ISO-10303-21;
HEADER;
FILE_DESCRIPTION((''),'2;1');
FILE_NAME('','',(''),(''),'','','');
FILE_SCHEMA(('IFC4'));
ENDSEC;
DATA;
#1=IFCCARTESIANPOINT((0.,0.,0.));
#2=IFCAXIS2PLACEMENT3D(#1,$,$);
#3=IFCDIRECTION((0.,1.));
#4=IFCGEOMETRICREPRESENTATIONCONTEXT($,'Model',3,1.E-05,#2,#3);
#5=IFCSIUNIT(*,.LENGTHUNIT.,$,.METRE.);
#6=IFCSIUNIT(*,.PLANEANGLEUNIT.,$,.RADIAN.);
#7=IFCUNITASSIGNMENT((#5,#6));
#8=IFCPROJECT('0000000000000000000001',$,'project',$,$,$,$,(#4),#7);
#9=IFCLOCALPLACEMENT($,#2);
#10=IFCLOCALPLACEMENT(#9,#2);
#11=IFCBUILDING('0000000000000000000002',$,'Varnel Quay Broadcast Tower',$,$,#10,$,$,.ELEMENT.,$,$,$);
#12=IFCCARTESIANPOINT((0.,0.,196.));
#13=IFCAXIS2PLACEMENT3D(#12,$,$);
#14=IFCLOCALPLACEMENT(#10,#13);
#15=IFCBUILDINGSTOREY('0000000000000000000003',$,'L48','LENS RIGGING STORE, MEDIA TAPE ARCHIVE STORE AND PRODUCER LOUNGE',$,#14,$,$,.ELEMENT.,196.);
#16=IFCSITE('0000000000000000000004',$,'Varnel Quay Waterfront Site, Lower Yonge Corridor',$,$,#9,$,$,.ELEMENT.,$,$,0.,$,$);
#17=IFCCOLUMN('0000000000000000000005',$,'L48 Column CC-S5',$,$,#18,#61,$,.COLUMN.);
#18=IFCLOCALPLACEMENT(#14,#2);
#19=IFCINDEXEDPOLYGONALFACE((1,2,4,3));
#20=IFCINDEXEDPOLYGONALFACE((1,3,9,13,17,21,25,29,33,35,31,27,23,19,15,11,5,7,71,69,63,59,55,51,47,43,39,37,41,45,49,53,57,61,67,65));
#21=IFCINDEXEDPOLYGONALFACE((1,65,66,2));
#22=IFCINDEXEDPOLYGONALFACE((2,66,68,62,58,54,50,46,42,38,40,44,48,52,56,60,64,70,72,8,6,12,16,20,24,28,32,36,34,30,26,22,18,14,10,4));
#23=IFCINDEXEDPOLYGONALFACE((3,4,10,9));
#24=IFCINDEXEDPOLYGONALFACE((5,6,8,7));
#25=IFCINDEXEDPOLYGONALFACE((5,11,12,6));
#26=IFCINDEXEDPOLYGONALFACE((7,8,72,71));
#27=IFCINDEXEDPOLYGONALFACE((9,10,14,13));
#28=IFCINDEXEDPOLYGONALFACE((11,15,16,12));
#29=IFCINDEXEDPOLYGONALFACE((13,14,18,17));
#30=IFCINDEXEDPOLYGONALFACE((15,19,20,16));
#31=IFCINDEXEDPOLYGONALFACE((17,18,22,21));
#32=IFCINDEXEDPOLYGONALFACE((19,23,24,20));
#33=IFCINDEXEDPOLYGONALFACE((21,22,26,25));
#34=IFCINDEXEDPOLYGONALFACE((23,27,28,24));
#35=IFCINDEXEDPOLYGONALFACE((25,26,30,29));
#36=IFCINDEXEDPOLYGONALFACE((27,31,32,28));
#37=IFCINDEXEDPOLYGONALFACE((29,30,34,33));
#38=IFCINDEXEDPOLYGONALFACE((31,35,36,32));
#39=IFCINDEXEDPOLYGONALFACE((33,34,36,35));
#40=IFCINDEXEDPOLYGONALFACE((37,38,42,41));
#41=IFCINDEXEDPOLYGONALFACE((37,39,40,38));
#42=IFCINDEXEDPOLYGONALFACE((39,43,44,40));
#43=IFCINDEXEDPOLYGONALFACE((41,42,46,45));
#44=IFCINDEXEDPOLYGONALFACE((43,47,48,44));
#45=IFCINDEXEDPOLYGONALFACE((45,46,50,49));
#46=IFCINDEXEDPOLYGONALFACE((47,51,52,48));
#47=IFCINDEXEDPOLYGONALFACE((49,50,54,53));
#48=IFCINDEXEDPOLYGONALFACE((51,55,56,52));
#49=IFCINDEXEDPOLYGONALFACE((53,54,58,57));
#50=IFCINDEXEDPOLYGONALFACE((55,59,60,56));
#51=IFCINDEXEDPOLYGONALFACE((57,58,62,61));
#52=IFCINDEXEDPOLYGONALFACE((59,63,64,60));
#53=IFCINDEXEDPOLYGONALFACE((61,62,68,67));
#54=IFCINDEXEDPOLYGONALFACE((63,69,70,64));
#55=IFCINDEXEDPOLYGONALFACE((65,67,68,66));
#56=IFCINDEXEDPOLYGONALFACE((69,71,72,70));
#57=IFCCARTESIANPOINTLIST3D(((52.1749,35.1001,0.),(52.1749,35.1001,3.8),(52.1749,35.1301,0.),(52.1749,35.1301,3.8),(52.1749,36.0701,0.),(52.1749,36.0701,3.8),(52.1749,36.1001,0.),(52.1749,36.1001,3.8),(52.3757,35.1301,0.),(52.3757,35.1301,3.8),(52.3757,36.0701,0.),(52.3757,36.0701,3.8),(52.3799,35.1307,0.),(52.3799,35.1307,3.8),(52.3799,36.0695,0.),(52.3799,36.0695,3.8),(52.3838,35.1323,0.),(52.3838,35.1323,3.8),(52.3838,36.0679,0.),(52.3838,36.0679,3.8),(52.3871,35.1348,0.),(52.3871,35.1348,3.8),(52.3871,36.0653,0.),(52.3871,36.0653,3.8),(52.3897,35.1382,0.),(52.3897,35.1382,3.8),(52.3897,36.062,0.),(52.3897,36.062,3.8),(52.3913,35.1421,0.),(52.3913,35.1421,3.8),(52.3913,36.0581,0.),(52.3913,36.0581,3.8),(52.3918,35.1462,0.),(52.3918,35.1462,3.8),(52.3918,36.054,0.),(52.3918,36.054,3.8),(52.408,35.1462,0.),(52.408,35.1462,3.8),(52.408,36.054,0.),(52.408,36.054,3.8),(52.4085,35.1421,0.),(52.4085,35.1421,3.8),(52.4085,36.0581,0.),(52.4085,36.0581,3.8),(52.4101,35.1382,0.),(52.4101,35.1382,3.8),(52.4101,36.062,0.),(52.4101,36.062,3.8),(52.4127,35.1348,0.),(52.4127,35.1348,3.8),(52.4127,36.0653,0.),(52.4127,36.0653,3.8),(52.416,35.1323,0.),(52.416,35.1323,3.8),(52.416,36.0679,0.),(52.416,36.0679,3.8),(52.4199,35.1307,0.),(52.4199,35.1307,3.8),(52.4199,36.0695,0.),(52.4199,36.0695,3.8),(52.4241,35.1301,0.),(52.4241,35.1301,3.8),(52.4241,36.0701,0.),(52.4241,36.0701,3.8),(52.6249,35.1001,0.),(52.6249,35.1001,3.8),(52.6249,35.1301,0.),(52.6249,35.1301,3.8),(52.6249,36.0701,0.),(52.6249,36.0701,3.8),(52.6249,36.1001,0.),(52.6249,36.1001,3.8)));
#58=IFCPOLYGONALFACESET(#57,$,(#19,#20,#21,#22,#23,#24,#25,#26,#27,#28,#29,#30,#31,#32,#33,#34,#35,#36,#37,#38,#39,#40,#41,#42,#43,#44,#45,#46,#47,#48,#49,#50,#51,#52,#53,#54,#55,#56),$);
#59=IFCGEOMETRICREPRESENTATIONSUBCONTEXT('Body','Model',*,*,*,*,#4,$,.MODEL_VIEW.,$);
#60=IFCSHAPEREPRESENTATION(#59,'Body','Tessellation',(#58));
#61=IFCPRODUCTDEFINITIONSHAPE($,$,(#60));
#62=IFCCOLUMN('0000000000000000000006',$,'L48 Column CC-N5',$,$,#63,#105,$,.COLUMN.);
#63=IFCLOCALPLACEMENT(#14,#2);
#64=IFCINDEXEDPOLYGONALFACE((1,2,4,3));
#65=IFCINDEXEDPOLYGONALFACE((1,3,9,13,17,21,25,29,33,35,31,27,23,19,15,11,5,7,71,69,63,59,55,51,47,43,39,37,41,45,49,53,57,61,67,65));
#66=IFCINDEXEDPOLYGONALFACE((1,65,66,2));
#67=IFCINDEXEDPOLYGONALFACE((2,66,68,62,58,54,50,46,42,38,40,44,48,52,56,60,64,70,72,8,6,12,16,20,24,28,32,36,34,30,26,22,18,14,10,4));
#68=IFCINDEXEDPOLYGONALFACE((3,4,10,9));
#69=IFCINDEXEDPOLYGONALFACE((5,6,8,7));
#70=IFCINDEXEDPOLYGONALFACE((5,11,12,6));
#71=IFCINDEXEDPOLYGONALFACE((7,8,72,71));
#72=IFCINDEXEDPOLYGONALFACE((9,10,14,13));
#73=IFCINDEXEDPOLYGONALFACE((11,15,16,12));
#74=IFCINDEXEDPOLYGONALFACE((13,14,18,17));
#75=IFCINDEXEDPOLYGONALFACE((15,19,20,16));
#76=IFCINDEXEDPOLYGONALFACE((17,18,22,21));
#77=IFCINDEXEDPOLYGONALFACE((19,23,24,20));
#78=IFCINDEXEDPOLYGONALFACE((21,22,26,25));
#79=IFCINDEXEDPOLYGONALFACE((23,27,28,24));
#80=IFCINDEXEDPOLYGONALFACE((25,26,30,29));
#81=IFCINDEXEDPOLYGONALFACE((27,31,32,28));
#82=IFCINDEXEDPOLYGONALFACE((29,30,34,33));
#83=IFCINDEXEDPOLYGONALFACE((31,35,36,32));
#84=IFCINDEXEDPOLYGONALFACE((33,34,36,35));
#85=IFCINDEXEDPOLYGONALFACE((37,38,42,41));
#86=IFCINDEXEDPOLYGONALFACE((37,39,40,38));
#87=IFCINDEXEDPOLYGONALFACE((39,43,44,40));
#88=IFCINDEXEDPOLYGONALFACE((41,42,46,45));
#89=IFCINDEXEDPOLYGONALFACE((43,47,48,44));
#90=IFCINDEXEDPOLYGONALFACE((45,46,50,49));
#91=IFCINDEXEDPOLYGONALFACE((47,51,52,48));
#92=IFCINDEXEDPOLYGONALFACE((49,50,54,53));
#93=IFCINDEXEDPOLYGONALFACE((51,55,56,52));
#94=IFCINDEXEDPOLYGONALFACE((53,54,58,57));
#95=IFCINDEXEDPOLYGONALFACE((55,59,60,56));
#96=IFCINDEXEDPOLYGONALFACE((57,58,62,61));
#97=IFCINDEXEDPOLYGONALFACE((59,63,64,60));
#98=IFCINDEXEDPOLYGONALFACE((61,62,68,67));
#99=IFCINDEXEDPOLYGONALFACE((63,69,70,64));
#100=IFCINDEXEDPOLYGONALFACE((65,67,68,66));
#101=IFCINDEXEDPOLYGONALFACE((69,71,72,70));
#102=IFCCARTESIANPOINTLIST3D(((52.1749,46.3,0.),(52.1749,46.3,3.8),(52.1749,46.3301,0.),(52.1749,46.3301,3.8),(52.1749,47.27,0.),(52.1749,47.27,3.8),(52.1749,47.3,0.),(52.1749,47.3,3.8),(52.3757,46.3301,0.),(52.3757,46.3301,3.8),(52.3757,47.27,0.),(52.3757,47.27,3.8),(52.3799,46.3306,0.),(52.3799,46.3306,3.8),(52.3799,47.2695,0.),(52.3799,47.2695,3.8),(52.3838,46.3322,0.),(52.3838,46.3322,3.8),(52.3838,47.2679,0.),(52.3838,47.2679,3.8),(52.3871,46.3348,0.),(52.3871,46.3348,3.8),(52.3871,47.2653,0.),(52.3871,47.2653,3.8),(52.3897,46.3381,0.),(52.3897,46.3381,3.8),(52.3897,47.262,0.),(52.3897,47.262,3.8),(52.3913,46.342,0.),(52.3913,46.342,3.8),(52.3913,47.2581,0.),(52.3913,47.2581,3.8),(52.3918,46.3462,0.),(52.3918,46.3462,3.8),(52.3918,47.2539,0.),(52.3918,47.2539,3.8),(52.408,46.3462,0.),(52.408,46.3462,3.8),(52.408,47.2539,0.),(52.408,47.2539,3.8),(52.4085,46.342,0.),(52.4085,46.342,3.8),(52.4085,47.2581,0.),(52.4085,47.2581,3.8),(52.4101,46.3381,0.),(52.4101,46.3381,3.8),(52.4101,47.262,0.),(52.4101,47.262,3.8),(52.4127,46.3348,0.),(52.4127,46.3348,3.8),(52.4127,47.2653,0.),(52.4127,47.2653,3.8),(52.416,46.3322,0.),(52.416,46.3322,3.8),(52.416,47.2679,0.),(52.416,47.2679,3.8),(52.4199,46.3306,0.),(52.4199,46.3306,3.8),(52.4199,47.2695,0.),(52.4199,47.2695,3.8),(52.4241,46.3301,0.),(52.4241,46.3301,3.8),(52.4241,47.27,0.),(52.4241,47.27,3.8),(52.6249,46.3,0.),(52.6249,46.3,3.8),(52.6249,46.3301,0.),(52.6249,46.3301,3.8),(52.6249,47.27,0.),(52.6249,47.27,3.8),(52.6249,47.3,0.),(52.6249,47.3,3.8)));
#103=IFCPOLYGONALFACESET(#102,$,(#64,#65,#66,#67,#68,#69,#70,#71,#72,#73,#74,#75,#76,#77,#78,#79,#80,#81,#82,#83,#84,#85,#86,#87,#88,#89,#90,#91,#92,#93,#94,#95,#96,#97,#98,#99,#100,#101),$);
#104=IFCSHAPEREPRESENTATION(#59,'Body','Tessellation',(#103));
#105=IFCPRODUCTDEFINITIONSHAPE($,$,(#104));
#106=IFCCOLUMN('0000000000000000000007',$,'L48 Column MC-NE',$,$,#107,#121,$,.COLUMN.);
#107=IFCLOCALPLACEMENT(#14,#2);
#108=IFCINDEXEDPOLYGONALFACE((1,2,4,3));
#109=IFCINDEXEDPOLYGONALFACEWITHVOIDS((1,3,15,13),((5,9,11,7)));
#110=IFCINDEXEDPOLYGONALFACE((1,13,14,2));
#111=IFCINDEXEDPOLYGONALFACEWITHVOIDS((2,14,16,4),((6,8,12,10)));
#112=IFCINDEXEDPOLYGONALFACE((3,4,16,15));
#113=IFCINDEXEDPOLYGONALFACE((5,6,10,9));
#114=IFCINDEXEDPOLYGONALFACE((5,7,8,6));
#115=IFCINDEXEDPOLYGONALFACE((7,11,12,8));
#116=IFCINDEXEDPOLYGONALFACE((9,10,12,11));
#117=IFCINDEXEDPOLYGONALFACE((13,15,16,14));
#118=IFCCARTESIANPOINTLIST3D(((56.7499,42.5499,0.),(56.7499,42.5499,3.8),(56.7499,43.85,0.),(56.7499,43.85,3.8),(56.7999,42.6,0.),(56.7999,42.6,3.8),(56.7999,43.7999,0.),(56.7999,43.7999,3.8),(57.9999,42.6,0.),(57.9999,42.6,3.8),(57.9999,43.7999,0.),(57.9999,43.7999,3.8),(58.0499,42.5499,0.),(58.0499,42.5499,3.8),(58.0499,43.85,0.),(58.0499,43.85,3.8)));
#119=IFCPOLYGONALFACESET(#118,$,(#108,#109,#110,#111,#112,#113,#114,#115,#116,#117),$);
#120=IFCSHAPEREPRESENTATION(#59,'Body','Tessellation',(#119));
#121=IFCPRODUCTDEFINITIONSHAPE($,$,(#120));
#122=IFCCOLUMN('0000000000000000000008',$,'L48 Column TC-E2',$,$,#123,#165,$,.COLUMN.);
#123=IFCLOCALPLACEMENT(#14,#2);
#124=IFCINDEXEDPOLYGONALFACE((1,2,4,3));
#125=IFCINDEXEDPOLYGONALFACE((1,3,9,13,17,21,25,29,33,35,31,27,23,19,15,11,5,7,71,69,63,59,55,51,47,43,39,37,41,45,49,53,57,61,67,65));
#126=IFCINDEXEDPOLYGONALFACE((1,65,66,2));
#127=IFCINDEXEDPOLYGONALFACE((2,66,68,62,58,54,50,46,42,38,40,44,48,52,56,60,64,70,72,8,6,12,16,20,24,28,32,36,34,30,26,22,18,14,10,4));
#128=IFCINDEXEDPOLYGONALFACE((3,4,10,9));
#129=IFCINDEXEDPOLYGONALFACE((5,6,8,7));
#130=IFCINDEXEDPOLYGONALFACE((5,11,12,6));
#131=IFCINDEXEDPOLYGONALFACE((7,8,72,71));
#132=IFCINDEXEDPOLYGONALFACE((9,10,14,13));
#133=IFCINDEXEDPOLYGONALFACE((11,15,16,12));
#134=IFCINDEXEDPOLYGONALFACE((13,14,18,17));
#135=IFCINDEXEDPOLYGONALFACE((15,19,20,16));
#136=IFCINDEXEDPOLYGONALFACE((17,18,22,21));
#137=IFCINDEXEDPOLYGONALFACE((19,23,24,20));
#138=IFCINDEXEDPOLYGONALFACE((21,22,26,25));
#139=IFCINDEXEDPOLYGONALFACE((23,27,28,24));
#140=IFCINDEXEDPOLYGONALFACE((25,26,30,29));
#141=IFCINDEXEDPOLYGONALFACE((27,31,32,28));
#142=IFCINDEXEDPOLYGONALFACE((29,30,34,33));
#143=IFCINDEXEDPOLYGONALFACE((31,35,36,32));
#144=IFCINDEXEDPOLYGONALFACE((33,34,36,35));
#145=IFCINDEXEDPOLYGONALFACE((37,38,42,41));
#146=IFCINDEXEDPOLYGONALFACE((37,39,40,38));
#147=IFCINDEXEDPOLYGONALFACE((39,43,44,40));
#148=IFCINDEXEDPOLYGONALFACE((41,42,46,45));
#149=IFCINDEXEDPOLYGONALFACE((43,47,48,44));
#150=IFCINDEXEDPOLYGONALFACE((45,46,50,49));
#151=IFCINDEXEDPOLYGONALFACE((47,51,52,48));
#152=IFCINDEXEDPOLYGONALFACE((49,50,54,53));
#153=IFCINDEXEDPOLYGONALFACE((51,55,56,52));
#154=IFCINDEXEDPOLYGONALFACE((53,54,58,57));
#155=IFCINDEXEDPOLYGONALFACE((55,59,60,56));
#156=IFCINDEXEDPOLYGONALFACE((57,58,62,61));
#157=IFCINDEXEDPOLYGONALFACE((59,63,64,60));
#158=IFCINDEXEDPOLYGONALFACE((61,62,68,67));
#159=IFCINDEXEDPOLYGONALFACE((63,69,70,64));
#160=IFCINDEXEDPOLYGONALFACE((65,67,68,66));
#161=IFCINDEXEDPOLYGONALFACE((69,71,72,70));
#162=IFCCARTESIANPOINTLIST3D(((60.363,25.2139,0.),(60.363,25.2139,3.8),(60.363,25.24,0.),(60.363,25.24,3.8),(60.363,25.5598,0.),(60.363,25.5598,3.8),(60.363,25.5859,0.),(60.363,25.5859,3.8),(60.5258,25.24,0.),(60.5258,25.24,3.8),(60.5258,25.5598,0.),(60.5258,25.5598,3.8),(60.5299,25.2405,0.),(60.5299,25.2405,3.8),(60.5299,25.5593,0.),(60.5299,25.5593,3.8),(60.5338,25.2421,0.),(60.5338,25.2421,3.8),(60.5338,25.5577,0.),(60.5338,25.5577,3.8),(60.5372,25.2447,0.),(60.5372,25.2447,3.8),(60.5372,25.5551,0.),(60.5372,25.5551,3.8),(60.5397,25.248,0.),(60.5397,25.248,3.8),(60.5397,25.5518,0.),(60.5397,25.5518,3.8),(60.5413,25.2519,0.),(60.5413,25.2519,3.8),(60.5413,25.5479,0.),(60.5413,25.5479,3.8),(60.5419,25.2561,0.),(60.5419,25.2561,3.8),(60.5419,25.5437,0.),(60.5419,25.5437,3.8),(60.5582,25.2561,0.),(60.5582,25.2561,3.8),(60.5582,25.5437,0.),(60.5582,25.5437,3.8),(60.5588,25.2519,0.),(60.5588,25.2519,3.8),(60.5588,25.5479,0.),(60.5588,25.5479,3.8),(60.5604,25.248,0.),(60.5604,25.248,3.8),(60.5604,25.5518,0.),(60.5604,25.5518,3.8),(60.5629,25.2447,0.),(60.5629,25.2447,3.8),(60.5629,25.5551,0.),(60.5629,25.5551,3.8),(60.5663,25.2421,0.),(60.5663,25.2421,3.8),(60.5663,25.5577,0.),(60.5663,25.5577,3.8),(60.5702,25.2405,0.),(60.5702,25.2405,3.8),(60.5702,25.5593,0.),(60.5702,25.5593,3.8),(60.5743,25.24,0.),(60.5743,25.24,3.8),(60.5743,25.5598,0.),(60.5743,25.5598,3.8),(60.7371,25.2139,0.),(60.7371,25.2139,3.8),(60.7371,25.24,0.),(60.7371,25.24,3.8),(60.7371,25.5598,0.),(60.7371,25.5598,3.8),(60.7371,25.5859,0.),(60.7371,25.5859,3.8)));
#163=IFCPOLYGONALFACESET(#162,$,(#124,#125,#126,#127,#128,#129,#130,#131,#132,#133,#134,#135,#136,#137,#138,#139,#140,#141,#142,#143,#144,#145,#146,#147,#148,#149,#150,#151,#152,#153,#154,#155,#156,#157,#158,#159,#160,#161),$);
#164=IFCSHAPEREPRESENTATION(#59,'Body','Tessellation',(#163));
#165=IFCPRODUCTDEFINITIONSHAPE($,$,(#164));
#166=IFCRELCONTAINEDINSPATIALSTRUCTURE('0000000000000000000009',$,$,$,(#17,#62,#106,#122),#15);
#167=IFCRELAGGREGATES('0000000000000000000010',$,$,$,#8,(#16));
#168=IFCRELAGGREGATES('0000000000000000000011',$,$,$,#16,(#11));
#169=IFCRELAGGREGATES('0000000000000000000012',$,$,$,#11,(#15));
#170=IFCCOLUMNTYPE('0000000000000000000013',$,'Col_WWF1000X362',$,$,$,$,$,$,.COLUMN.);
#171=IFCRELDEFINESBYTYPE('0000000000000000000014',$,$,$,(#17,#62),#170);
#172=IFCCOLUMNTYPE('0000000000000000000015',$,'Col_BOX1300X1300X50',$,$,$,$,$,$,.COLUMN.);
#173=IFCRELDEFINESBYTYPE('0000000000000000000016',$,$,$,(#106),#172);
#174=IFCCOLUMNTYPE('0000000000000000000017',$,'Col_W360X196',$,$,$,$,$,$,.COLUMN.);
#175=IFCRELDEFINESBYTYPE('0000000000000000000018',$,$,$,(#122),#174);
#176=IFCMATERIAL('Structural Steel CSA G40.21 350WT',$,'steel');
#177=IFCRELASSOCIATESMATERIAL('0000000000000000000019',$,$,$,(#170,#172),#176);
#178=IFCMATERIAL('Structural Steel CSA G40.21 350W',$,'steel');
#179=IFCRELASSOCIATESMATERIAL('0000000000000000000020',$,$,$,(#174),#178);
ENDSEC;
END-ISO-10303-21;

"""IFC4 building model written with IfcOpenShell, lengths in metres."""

from ifc_helpers import new_model, si_unit, direction, frame, origin, origin_2d, place, context, subcontext, project, spatial, hollow_rectangle, i_section, extrude, source, transform, mapped, material, material_profile, profile_set, type_object, type_shapes, element, save


model = new_model("IFC4")

# Units and contexts
model_context = context("Model", 3, precision=1e-05, world=origin(), true_north=direction((0.0, 1.0)))
body_context = subcontext(model_context, "Body", "Model", "MODEL_VIEW")
ifc_project = project(units=[si_unit("LENGTHUNIT", "METRE"), si_unit("PLANEANGLEUNIT", "RADIAN")], contexts=[model_context])

# Site, building, storey
site_placement = place(None, origin())
site = spatial("IfcSite", under=ifc_project, at=site_placement, Name="Varnel Quay Waterfront Site, Lower Yonge Corridor", CompositionType="ELEMENT", RefElevation=0.0)
building_placement = place(site_placement, origin())
building = spatial("IfcBuilding", under=site, at=building_placement, Name="Varnel Quay Broadcast Tower", CompositionType="ELEMENT")
storey_placement = place(building_placement, frame((0.0, 0.0, 196.0)))
storey = spatial("IfcBuildingStorey", under=building, at=storey_placement, Name="L48", Description="LENS RIGGING STORE, MEDIA TAPE ARCHIVE STORE AND PRODUCER LOUNGE", CompositionType="ELEMENT", Elevation=196.0)

# Columns
ifc_material_1 = material(Name="Structural Steel CSA G40.21 350WT", Category="steel")
ifc_material_profile_1 = material_profile(ifc_material_1, i_section(OverallWidth=0.45, OverallDepth=1.0, WebThickness=0.0161, FlangeThickness=0.03, FilletRadius=0.0161, at=origin_2d()), Name="WWF1000X362")
ifc_profile_set_1 = profile_set([ifc_material_profile_1], Name="Structural Steel CSA G40.21 350WT")
column_type_1 = type_object("IfcColumnType", Name="Col_WWF1000X362", PredefinedType="COLUMN", material=ifc_profile_set_1)
shared_shape_1 = source(origin(), body_context, "Body", "SweptSolid", [
    extrude(i_section(OverallWidth=0.45, OverallDepth=1.0, WebThickness=0.0161, FlangeThickness=0.03, FilletRadius=0.0161, at=origin_2d()), origin(), (0.0, 0.0, 1.0), 3.8),
])
type_shapes(column_type_1, [shared_shape_1])
for number, where, z_axis, x_axis, name in (
    (1, (52.3999, 35.6001, 0.0), (0.0, 0.0, 1.0), (1.0, 0.0, 0.0), "L48 Column CC-S5"),
    (2, (52.3999, 46.8, 0.0), (0.0, 0.0, 1.0), (1.0, 0.0, 0.0), "L48 Column CC-N5"),
):
    element("IfcColumn", number, at=place(storey_placement, frame(where, z_axis=z_axis, x_axis=x_axis)), inside=storey, type_object=column_type_1, Name=name, PredefinedType="COLUMN", context=body_context, shape_type="MappedRepresentation", body=[
        mapped(shared_shape_1, transform((0.0, 0.0, 0.0), x_axis=(1.0, 0.0, 0.0), y_axis=(0.0, 1.0, 0.0), z_axis=(0.0, 0.0, 1.0), scale=1.0)),
    ])
ifc_material_profile_2 = material_profile(ifc_material_1, hollow_rectangle(XDim=1.3, YDim=1.3, WallThickness=0.05, at=origin_2d()), Name="BOX1300X1300X50")
ifc_profile_set_2 = profile_set([ifc_material_profile_2], Name="Structural Steel CSA G40.21 350WT")
column_type_2 = type_object("IfcColumnType", Name="Col_BOX1300X1300X50", PredefinedType="COLUMN", material=ifc_profile_set_2)
shared_shape_2 = source(origin(), body_context, "Body", "SweptSolid", [
    extrude(hollow_rectangle(XDim=1.3, YDim=1.3, WallThickness=0.05, at=origin_2d()), origin(), (0.0, 0.0, 1.0), 3.8),
])
type_shapes(column_type_2, [shared_shape_2])
column_placement = place(storey_placement, frame((57.3999, 43.2, 0.0), z_axis=(0.0, 0.0, 1.0), x_axis=(1.0, 0.0, 0.0)))
element("IfcColumn", 3, at=column_placement, inside=storey, type_object=column_type_2, Name="L48 Column MC-NE", PredefinedType="COLUMN", context=body_context, shape_type="MappedRepresentation", body=[
    mapped(shared_shape_2, transform((0.0, 0.0, 0.0), x_axis=(1.0, 0.0, 0.0), y_axis=(0.0, 1.0, 0.0), z_axis=(0.0, 0.0, 1.0), scale=1.0)),
])
ifc_material_2 = material(Name="Structural Steel CSA G40.21 350W", Category="steel")
ifc_material_profile_3 = material_profile(ifc_material_2, i_section(OverallWidth=0.374, OverallDepth=0.3721, WebThickness=0.0164, FlangeThickness=0.0261, FilletRadius=0.0161, at=origin_2d()), Name="W360X196")
ifc_profile_set_3 = profile_set([ifc_material_profile_3], Name="Structural Steel CSA G40.21 350W")
column_type_3 = type_object("IfcColumnType", Name="Col_W360X196", PredefinedType="COLUMN", material=ifc_profile_set_3)
shared_shape_3 = source(origin(), body_context, "Body", "SweptSolid", [
    extrude(i_section(OverallWidth=0.374, OverallDepth=0.3721, WebThickness=0.0164, FlangeThickness=0.0261, FilletRadius=0.0161, at=origin_2d()), origin(), (0.0, 0.0, 1.0), 3.8),
])
type_shapes(column_type_3, [shared_shape_3])
for number, where, z_axis, x_axis, name in (
    (4, (60.55, 25.3999, 0.0), (0.0, 0.0, 1.0), (1.0, 0.0, 0.0), "L48 Column TC-E2"),
):
    element("IfcColumn", number, at=place(storey_placement, frame(where, z_axis=z_axis, x_axis=x_axis)), inside=storey, type_object=column_type_3, Name=name, PredefinedType="COLUMN", context=body_context, shape_type="MappedRepresentation", body=[
        mapped(shared_shape_3, transform((0.0, 0.0, 0.0), x_axis=(1.0, 0.0, 0.0), y_axis=(0.0, 1.0, 0.0), z_axis=(0.0, 0.0, 1.0), scale=1.0)),
    ])

save(model, "model.ifc")
